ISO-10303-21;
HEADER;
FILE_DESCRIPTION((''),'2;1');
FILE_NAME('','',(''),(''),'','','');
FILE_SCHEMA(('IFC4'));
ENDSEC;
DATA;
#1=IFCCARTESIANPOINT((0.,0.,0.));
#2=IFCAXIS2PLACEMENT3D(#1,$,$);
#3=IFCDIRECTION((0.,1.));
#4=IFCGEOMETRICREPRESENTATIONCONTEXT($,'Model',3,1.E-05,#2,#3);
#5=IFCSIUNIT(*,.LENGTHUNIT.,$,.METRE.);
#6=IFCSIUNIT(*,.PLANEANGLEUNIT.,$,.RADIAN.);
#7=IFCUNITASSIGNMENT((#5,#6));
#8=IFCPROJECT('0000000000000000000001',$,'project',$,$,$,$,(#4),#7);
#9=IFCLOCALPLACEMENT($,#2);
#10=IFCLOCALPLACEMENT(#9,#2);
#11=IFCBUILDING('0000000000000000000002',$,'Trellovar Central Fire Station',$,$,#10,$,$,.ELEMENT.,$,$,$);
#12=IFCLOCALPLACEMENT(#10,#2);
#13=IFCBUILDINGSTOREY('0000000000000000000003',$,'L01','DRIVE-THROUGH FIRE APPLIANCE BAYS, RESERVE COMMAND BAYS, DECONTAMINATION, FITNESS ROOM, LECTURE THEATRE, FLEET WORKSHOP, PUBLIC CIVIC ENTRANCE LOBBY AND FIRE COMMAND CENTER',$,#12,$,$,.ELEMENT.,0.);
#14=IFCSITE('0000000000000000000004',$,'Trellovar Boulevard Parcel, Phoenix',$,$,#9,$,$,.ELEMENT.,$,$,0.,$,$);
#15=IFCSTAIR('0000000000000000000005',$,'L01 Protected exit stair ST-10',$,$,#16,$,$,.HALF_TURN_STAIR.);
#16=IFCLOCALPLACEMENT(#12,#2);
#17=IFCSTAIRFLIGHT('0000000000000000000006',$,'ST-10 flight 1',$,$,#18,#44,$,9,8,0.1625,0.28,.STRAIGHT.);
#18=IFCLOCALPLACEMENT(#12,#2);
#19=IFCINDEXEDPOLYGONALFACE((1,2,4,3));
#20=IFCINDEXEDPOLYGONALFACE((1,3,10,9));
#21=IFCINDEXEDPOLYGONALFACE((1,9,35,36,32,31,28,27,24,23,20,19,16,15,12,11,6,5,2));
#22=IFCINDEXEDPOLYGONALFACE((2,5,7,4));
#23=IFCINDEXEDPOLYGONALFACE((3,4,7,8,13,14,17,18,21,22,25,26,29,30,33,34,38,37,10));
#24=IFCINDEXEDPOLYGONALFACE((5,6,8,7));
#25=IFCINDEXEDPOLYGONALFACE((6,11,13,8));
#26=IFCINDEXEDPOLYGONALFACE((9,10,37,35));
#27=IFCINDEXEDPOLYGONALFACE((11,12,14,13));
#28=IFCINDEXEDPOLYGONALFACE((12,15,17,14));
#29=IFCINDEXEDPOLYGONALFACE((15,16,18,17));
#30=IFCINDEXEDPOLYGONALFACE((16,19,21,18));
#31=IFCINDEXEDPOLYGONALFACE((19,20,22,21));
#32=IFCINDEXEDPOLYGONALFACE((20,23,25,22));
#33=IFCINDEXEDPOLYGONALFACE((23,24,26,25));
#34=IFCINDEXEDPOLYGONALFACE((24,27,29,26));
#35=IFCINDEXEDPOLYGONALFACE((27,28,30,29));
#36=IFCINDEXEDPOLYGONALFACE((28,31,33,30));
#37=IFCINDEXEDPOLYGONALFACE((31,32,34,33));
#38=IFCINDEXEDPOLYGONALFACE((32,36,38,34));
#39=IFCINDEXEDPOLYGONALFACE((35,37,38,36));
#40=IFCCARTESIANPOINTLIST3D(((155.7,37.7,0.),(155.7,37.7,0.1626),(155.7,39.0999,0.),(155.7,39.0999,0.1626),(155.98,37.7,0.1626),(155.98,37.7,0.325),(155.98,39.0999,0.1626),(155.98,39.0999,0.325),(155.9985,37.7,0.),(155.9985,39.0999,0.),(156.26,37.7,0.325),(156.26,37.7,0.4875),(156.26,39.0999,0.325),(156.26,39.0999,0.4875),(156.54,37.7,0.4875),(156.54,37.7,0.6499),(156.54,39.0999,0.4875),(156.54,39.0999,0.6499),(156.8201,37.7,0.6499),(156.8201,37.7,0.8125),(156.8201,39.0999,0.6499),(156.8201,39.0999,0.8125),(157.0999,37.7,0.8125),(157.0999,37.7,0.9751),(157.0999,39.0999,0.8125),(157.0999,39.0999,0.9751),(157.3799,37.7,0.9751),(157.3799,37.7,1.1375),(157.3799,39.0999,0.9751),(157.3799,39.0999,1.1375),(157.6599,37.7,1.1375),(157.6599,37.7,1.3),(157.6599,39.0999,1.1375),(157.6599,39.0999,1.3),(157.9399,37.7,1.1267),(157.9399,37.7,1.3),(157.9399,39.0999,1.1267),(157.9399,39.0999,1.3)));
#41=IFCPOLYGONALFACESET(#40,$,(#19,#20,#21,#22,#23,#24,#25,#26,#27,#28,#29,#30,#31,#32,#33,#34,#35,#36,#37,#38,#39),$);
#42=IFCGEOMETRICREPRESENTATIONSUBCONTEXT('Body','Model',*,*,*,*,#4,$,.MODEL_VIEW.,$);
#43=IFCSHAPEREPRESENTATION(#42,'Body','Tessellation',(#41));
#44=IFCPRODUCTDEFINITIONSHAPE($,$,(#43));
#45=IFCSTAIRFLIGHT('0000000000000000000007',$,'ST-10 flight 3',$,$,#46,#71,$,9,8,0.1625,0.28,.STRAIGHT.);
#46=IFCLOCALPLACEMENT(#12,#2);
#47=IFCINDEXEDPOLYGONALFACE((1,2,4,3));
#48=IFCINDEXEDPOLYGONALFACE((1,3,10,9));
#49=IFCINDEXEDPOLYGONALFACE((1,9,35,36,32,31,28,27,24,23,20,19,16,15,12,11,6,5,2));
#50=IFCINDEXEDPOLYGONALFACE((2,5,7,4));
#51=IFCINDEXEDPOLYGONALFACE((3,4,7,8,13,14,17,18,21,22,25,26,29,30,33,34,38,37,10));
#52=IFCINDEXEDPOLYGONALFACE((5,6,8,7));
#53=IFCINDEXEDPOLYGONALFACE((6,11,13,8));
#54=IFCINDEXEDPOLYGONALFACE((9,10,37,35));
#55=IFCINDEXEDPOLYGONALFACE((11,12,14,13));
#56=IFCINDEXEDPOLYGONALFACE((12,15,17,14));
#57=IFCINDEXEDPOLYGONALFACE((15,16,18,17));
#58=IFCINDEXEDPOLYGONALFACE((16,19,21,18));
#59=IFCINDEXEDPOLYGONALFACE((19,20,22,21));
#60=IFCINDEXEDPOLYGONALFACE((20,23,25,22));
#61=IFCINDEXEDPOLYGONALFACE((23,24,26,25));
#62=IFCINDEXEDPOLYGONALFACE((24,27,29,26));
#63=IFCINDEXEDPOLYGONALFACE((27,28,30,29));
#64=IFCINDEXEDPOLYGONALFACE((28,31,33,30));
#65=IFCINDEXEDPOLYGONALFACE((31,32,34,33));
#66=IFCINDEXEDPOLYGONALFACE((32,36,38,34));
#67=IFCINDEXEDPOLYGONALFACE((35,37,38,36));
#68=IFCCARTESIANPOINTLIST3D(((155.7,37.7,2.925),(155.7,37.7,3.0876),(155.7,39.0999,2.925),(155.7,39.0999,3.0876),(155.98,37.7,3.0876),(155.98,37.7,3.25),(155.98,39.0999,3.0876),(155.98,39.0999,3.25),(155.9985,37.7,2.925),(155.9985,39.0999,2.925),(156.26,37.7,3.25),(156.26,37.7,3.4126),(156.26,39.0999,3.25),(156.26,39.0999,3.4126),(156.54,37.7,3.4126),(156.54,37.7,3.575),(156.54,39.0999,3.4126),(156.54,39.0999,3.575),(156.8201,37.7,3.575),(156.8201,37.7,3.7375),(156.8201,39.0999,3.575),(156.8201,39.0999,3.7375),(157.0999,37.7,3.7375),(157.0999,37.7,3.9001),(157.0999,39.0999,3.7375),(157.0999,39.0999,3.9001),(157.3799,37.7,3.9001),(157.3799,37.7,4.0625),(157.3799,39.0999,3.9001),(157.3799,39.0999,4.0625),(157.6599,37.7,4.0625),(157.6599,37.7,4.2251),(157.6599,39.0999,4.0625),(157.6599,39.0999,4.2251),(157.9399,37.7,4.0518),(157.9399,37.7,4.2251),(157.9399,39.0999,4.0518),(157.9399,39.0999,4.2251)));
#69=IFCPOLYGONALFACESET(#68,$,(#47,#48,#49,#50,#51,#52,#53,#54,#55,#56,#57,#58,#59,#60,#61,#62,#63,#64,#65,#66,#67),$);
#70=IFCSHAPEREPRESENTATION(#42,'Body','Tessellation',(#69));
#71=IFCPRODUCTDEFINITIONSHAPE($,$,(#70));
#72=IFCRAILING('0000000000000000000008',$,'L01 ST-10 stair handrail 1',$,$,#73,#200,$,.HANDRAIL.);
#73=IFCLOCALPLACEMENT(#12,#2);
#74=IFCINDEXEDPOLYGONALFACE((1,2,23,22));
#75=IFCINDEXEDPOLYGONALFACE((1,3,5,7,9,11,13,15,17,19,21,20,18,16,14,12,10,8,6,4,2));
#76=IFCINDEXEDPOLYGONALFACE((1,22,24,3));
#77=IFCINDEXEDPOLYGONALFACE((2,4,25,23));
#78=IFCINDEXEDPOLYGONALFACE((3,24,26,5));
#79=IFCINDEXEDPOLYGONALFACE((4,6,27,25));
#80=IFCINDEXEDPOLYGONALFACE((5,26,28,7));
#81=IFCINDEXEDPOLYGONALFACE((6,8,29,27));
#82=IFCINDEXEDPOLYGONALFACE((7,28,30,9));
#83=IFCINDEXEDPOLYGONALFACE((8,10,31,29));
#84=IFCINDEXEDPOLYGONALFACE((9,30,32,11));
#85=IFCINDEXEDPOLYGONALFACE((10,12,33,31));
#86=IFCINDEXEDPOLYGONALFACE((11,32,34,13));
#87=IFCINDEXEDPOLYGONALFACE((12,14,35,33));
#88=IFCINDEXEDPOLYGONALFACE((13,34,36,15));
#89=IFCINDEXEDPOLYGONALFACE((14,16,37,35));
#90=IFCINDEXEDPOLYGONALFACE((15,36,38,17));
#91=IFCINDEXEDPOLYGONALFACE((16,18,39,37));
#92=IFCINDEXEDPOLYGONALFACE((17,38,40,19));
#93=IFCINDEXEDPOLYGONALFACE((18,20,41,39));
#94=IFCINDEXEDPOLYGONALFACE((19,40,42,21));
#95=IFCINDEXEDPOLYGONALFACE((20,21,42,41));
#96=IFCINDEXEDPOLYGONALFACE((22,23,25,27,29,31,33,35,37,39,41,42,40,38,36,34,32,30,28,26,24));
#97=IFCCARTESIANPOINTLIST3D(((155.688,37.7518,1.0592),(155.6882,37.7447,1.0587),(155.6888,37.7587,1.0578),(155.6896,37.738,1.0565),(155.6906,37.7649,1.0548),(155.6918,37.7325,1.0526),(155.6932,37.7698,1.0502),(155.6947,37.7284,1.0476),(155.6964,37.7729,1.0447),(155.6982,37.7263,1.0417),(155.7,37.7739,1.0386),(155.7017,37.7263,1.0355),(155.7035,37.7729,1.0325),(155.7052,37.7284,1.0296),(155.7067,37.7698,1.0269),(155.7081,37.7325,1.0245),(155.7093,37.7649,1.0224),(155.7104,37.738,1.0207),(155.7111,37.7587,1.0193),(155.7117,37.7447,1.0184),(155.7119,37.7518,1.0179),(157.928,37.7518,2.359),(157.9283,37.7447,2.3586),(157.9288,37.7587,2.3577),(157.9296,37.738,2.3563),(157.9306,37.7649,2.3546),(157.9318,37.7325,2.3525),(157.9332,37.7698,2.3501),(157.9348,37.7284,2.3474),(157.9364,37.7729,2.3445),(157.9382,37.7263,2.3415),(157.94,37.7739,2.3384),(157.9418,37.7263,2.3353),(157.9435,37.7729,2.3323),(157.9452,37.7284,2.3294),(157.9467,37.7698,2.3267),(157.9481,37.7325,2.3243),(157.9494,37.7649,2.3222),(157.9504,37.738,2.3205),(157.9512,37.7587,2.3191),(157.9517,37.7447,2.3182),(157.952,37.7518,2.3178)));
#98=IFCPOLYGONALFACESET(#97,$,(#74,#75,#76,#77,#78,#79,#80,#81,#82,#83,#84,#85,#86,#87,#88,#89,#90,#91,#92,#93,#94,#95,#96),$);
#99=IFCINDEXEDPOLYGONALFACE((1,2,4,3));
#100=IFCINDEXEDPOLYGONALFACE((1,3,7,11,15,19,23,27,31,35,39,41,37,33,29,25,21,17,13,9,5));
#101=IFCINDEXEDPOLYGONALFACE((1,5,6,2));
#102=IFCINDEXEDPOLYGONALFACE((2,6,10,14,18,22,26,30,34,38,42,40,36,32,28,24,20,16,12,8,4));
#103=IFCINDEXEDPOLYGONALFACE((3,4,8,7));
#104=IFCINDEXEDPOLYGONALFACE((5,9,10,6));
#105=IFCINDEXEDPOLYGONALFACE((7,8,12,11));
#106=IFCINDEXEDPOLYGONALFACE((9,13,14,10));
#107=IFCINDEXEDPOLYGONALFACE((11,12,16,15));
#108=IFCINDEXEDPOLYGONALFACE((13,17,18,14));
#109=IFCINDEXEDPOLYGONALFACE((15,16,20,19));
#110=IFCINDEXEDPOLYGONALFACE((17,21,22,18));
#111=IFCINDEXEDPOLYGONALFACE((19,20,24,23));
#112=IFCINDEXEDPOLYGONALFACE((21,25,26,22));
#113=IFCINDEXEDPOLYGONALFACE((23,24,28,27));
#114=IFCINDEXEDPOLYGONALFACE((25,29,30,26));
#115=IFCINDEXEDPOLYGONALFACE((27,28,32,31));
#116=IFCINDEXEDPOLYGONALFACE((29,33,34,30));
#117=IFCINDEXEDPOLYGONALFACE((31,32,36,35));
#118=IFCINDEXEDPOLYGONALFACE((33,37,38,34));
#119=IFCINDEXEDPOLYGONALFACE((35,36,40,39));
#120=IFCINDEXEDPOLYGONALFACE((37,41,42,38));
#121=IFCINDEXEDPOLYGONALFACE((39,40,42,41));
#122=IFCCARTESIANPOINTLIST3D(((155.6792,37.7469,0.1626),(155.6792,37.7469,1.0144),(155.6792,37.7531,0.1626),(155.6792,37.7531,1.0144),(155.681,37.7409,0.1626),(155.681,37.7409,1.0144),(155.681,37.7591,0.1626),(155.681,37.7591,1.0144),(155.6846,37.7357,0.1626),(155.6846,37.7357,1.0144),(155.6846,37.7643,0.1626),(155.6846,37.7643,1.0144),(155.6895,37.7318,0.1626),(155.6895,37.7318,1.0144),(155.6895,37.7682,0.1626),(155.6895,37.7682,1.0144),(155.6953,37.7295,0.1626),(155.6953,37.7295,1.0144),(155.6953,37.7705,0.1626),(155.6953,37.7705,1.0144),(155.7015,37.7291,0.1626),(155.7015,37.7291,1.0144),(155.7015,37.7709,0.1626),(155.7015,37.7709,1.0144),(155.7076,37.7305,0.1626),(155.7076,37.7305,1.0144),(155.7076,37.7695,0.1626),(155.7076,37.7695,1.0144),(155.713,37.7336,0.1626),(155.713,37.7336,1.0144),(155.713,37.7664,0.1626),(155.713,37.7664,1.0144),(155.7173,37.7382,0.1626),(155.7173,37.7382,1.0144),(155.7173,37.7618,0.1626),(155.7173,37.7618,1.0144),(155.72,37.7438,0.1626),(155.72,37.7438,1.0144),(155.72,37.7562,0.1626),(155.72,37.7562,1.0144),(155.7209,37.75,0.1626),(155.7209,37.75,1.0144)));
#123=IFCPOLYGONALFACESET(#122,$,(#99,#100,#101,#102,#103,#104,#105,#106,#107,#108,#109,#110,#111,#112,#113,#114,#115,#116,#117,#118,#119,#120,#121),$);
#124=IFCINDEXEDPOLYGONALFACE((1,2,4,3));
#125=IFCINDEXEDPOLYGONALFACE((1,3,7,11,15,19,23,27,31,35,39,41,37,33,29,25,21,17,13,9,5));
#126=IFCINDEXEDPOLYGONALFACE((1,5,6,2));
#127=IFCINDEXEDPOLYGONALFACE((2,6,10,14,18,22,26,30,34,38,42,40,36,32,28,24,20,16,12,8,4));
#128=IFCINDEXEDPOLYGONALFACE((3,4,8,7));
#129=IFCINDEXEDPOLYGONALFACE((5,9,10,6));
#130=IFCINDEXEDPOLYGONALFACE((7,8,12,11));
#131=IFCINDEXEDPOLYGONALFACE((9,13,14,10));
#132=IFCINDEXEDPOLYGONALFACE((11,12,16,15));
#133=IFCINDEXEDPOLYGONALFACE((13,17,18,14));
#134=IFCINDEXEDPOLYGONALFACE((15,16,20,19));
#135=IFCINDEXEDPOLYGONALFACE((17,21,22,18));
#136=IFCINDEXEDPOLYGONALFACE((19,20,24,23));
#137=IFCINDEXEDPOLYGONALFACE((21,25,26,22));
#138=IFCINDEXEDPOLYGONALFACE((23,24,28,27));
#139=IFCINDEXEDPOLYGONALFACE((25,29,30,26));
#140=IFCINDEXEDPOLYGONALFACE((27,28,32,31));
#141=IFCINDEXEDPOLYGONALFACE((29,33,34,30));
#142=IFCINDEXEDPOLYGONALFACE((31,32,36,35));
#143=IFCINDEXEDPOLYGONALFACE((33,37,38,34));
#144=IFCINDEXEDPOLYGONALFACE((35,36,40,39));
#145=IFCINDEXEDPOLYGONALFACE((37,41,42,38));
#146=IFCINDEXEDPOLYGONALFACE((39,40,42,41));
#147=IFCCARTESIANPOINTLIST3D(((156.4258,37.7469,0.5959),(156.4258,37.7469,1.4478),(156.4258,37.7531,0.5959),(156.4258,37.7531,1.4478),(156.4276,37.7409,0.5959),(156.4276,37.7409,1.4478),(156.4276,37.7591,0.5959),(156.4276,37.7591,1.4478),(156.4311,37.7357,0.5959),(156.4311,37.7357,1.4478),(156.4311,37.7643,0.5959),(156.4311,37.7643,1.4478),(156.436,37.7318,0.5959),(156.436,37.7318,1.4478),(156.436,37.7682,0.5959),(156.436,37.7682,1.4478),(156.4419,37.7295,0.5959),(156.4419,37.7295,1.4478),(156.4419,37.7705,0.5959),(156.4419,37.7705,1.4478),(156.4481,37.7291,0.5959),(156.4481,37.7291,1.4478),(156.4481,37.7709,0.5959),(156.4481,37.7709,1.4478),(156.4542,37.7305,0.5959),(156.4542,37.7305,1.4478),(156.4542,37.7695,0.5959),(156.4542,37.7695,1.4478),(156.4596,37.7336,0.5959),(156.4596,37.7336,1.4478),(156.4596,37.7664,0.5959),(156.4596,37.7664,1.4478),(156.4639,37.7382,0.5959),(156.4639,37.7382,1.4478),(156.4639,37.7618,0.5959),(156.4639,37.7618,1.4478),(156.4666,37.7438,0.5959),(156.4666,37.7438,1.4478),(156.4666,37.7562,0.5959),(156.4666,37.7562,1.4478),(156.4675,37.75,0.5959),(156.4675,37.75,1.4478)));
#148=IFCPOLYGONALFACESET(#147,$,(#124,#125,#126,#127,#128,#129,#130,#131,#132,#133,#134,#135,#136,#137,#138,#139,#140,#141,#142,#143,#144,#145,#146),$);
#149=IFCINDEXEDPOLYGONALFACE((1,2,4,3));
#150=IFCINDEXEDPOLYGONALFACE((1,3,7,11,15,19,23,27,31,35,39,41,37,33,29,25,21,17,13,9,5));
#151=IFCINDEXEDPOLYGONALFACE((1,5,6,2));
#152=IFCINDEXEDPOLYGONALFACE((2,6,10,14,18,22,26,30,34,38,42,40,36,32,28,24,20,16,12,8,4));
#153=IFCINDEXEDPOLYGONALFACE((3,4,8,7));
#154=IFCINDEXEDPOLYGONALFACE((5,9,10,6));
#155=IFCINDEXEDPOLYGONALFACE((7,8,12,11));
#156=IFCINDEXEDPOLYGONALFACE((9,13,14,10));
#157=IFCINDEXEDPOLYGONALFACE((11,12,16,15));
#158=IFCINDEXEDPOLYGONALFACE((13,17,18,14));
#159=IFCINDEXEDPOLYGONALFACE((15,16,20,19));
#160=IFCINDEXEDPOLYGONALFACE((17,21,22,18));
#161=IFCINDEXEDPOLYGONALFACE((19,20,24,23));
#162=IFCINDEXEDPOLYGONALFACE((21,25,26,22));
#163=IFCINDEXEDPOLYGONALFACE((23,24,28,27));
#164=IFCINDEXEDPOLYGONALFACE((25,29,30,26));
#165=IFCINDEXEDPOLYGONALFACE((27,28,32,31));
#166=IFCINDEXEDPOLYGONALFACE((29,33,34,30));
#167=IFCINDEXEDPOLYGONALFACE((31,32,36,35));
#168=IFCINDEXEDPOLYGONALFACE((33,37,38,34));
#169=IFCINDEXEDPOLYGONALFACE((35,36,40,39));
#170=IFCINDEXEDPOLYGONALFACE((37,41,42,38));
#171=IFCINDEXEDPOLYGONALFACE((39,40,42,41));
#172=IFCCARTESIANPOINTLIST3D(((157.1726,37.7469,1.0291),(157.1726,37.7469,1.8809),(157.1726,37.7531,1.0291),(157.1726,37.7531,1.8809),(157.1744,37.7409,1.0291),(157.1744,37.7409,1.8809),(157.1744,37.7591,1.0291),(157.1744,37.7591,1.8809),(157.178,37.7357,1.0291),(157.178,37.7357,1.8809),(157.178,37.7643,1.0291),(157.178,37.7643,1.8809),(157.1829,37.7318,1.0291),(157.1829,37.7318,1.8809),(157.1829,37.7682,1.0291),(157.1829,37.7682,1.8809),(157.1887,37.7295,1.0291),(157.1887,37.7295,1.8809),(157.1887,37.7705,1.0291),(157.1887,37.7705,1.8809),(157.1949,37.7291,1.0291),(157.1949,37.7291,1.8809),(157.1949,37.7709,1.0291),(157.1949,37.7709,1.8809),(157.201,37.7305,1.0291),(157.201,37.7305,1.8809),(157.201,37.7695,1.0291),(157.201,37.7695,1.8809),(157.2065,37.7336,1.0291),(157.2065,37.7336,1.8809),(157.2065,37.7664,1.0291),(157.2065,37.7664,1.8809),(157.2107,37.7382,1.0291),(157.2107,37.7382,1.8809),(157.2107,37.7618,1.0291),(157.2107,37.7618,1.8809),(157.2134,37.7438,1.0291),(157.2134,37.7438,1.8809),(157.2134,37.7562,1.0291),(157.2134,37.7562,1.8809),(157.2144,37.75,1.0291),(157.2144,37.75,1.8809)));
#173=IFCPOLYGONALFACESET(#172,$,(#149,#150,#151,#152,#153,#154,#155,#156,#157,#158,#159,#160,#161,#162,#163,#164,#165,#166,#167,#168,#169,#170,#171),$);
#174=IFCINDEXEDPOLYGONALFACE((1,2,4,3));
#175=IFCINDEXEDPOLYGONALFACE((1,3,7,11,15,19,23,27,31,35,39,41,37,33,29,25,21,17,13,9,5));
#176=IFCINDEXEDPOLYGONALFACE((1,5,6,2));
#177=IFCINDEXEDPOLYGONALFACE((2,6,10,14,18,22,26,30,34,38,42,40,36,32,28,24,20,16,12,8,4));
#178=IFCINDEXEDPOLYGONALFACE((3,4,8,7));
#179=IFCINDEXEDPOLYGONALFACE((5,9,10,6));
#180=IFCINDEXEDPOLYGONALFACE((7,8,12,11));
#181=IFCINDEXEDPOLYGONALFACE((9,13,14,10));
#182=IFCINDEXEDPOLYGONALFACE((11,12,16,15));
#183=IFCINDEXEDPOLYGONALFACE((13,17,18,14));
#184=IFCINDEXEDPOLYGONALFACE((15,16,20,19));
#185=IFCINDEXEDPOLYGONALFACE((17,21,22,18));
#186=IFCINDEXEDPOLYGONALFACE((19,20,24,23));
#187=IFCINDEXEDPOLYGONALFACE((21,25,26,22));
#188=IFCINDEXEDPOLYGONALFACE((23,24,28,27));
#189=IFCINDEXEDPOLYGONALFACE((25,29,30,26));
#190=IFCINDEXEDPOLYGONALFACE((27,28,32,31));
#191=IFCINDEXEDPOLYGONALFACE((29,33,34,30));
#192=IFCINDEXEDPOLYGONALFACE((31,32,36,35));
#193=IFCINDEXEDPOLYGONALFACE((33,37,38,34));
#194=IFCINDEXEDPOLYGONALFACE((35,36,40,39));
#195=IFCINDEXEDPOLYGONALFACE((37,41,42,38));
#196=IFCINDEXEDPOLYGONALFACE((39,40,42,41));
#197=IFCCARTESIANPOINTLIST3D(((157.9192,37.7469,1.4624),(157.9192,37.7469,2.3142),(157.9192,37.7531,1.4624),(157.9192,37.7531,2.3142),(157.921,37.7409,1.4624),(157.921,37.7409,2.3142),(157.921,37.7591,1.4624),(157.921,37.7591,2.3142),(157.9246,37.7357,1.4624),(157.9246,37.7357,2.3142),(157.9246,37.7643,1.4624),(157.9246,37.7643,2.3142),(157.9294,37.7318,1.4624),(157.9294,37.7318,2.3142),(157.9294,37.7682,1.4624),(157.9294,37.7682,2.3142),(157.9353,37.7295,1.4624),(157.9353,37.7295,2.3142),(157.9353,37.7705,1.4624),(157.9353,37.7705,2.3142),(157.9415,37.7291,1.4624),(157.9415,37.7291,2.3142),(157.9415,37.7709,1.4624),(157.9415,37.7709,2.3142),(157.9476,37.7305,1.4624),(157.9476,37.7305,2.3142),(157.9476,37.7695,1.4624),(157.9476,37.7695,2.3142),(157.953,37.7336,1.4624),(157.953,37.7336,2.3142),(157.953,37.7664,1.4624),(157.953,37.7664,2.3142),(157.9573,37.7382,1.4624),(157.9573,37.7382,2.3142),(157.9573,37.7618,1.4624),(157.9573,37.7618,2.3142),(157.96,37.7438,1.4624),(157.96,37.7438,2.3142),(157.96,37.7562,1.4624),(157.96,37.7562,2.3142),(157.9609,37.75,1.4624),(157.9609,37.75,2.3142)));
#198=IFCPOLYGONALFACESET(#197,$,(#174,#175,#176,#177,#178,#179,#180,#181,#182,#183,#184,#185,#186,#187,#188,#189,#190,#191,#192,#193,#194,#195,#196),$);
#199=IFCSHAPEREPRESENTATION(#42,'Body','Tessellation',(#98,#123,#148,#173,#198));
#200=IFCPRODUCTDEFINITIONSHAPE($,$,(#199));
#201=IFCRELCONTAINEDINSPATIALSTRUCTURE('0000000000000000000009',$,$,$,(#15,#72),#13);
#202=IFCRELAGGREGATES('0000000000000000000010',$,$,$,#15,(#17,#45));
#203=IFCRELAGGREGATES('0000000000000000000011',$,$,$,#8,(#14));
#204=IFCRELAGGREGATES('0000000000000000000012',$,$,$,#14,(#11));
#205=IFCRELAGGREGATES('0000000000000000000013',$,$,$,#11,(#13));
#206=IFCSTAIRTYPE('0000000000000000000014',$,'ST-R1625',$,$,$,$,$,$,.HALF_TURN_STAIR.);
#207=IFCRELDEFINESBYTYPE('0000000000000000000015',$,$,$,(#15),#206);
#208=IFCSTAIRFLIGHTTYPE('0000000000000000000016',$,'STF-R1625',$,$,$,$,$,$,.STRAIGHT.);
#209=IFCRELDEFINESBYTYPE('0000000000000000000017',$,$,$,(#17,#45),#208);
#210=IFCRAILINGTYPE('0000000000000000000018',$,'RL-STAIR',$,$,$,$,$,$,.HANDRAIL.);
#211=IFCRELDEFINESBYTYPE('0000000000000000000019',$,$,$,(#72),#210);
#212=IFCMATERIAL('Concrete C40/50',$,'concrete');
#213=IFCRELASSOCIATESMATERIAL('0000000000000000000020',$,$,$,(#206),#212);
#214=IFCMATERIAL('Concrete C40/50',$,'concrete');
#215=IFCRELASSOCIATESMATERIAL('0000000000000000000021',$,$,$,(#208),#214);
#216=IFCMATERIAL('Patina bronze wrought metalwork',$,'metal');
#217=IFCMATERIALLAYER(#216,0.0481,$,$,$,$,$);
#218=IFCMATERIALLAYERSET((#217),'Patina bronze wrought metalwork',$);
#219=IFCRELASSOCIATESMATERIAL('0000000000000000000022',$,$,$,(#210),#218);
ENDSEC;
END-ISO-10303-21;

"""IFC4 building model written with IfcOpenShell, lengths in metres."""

from ifc_helpers import new_model, si_unit, direction, frame, origin, origin_2d, place, context, subcontext, project, spatial, polyline, circle, outline, extrude, material, layer, layer_set, type_object, element, aggregate, save


model = new_model("IFC4")

# Units and contexts
model_context = context("Model", 3, precision=1e-05, world=origin(), true_north=direction((0.0, 1.0)))
body_context = subcontext(model_context, "Body", "Model", "MODEL_VIEW")
ifc_project = project(units=[si_unit("LENGTHUNIT", "METRE"), si_unit("PLANEANGLEUNIT", "RADIAN")], contexts=[model_context])

# Site, building, storey
site_placement = place(None, origin())
site = spatial("IfcSite", under=ifc_project, at=site_placement, Name="Trellovar Boulevard Parcel, Phoenix", CompositionType="ELEMENT", RefElevation=0.0)
building_placement = place(site_placement, origin())
building = spatial("IfcBuilding", under=site, at=building_placement, Name="Trellovar Central Fire Station", CompositionType="ELEMENT")
storey_placement = place(building_placement, origin())
storey = spatial("IfcBuildingStorey", under=building, at=storey_placement, Name="L01", Description="DRIVE-THROUGH FIRE APPLIANCE BAYS, RESERVE COMMAND BAYS, DECONTAMINATION, FITNESS ROOM, LECTURE THEATRE, FLEET WORKSHOP, PUBLIC CIVIC ENTRANCE LOBBY AND FIRE COMMAND CENTER", CompositionType="ELEMENT", Elevation=0.0)

# Stair, stair flights
ifc_material_1 = material(Name="Concrete C40/50", Category="concrete")
stair_type = type_object("IfcStairType", Name="ST-R1625", PredefinedType="HALF_TURN_STAIR", material=ifc_material_1)
stair_placement = place(storey_placement, origin())
stair = element("IfcStair", 1, at=stair_placement, inside=storey, type_object=stair_type, Name="L01 Protected exit stair ST-10", PredefinedType="HALF_TURN_STAIR")
ifc_material_2 = material(Name="Concrete C40/50", Category="concrete")
stair_flight_type = type_object("IfcStairFlightType", Name="STF-R1625", PredefinedType="STRAIGHT", material=ifc_material_2)
stair_flight_1_placement = place(storey_placement, frame((155.7, 38.3999, 0.0), z_axis=(0.0, 0.0, 1.0), x_axis=(1.0, 0.0, 0.0)))
stair_flight_1 = element("IfcStairFlight", 2, at=stair_flight_1_placement, type_object=stair_flight_type, Name="ST-10 flight 1", NumberOfRisers=9, NumberOfTreads=8, PredefinedType="STRAIGHT", RiserHeight=0.1625, TreadLength=0.28, context=body_context, shape_type="SweptSolid", body=[
    extrude(outline(polyline([(0.0, 0.0), (0.0, 0.1626), (0.28, 0.1626), (0.28, 0.325), (0.5601, 0.325), (0.5601, 0.4875), (0.8401, 0.4875), (0.8401, 0.6499), (1.1201, 0.6499), (1.1201, 0.8125), (1.3999, 0.8125), (1.3999, 0.9751), (1.6799, 0.9751), (1.6799, 1.1375), (1.96, 1.1375), (1.96, 1.3), (2.24, 1.3), (2.24, 1.4624), (2.24, 1.1267), (0.2986, 0.0), (0.0, 0.0)])), frame((0.0, 0.7, 0.0), z_axis=(0.0, -1.0, 0.0), x_axis=(1.0, 0.0, 0.0)), (0.0, 0.0, 1.0), 1.3999),
])
stair_flight_2_placement = place(storey_placement, frame((155.7, 38.3999, 2.925), z_axis=(0.0, 0.0, 1.0), x_axis=(1.0, 0.0, 0.0)))
stair_flight_2 = element("IfcStairFlight", 3, at=stair_flight_2_placement, type_object=stair_flight_type, Name="ST-10 flight 3", NumberOfRisers=9, NumberOfTreads=8, PredefinedType="STRAIGHT", RiserHeight=0.1625, TreadLength=0.28, context=body_context, shape_type="SweptSolid", body=[
    extrude(outline(polyline([(0.0, 0.0), (0.0, 0.1626), (0.28, 0.1626), (0.28, 0.325), (0.5601, 0.325), (0.5601, 0.4875), (0.8401, 0.4875), (0.8401, 0.6499), (1.1201, 0.6499), (1.1201, 0.8125), (1.3999, 0.8125), (1.3999, 0.9751), (1.6799, 0.9751), (1.6799, 1.1375), (1.96, 1.1375), (1.96, 1.3), (2.24, 1.3), (2.24, 1.4624), (2.24, 1.1267), (0.2986, 0.0), (0.0, 0.0)])), frame((0.0, 0.7, 0.0), z_axis=(0.0, -1.0, 0.0), x_axis=(1.0, 0.0, 0.0)), (0.0, 0.0, 1.0), 1.3999),
])
aggregate(stair, [stair_flight_1, stair_flight_2])

# Railing
ifc_material_3 = material(Name="Patina bronze wrought metalwork", Category="metal")
ifc_layer_1 = layer(ifc_material_3, 0.0481)
ifc_layer_set_1 = layer_set([ifc_layer_1], Name="Patina bronze wrought metalwork")
railing_type_1 = type_object("IfcRailingType", Name="RL-STAIR", PredefinedType="HANDRAIL", material=ifc_layer_set_1)
railing_1_placement = place(storey_placement, frame((155.7, 37.75, 0.1626)))
element("IfcRailing", 4, at=railing_1_placement, inside=storey, type_object=railing_type_1, Name="L01 ST-10 stair handrail 1", PredefinedType="HANDRAIL", context=body_context, shape_type="SweptSolid", body=[
    extrude(circle(Radius=0.0239, at=origin_2d()), frame((0.0, 0.0, 0.876), z_axis=(0.864929, 0.0, 0.501894), x_axis=(0.0, 1.0, 0.0)), (0.0, 0.0, 1.0), 2.5898),
    extrude(circle(Radius=0.021, at=origin_2d()), origin(), (0.0, 0.0, 1.0), 0.8518),
    extrude(circle(Radius=0.021, at=origin_2d()), frame((0.7466, 0.0, 0.4333)), (0.0, 0.0, 1.0), 0.8518),
    extrude(circle(Radius=0.021, at=origin_2d()), frame((1.4934, 0.0, 0.8665)), (0.0, 0.0, 1.0), 0.8518),
    extrude(circle(Radius=0.021, at=origin_2d()), frame((2.24, 0.0, 1.2998)), (0.0, 0.0, 1.0), 0.8518),
])

save(model, "model.ifc")
